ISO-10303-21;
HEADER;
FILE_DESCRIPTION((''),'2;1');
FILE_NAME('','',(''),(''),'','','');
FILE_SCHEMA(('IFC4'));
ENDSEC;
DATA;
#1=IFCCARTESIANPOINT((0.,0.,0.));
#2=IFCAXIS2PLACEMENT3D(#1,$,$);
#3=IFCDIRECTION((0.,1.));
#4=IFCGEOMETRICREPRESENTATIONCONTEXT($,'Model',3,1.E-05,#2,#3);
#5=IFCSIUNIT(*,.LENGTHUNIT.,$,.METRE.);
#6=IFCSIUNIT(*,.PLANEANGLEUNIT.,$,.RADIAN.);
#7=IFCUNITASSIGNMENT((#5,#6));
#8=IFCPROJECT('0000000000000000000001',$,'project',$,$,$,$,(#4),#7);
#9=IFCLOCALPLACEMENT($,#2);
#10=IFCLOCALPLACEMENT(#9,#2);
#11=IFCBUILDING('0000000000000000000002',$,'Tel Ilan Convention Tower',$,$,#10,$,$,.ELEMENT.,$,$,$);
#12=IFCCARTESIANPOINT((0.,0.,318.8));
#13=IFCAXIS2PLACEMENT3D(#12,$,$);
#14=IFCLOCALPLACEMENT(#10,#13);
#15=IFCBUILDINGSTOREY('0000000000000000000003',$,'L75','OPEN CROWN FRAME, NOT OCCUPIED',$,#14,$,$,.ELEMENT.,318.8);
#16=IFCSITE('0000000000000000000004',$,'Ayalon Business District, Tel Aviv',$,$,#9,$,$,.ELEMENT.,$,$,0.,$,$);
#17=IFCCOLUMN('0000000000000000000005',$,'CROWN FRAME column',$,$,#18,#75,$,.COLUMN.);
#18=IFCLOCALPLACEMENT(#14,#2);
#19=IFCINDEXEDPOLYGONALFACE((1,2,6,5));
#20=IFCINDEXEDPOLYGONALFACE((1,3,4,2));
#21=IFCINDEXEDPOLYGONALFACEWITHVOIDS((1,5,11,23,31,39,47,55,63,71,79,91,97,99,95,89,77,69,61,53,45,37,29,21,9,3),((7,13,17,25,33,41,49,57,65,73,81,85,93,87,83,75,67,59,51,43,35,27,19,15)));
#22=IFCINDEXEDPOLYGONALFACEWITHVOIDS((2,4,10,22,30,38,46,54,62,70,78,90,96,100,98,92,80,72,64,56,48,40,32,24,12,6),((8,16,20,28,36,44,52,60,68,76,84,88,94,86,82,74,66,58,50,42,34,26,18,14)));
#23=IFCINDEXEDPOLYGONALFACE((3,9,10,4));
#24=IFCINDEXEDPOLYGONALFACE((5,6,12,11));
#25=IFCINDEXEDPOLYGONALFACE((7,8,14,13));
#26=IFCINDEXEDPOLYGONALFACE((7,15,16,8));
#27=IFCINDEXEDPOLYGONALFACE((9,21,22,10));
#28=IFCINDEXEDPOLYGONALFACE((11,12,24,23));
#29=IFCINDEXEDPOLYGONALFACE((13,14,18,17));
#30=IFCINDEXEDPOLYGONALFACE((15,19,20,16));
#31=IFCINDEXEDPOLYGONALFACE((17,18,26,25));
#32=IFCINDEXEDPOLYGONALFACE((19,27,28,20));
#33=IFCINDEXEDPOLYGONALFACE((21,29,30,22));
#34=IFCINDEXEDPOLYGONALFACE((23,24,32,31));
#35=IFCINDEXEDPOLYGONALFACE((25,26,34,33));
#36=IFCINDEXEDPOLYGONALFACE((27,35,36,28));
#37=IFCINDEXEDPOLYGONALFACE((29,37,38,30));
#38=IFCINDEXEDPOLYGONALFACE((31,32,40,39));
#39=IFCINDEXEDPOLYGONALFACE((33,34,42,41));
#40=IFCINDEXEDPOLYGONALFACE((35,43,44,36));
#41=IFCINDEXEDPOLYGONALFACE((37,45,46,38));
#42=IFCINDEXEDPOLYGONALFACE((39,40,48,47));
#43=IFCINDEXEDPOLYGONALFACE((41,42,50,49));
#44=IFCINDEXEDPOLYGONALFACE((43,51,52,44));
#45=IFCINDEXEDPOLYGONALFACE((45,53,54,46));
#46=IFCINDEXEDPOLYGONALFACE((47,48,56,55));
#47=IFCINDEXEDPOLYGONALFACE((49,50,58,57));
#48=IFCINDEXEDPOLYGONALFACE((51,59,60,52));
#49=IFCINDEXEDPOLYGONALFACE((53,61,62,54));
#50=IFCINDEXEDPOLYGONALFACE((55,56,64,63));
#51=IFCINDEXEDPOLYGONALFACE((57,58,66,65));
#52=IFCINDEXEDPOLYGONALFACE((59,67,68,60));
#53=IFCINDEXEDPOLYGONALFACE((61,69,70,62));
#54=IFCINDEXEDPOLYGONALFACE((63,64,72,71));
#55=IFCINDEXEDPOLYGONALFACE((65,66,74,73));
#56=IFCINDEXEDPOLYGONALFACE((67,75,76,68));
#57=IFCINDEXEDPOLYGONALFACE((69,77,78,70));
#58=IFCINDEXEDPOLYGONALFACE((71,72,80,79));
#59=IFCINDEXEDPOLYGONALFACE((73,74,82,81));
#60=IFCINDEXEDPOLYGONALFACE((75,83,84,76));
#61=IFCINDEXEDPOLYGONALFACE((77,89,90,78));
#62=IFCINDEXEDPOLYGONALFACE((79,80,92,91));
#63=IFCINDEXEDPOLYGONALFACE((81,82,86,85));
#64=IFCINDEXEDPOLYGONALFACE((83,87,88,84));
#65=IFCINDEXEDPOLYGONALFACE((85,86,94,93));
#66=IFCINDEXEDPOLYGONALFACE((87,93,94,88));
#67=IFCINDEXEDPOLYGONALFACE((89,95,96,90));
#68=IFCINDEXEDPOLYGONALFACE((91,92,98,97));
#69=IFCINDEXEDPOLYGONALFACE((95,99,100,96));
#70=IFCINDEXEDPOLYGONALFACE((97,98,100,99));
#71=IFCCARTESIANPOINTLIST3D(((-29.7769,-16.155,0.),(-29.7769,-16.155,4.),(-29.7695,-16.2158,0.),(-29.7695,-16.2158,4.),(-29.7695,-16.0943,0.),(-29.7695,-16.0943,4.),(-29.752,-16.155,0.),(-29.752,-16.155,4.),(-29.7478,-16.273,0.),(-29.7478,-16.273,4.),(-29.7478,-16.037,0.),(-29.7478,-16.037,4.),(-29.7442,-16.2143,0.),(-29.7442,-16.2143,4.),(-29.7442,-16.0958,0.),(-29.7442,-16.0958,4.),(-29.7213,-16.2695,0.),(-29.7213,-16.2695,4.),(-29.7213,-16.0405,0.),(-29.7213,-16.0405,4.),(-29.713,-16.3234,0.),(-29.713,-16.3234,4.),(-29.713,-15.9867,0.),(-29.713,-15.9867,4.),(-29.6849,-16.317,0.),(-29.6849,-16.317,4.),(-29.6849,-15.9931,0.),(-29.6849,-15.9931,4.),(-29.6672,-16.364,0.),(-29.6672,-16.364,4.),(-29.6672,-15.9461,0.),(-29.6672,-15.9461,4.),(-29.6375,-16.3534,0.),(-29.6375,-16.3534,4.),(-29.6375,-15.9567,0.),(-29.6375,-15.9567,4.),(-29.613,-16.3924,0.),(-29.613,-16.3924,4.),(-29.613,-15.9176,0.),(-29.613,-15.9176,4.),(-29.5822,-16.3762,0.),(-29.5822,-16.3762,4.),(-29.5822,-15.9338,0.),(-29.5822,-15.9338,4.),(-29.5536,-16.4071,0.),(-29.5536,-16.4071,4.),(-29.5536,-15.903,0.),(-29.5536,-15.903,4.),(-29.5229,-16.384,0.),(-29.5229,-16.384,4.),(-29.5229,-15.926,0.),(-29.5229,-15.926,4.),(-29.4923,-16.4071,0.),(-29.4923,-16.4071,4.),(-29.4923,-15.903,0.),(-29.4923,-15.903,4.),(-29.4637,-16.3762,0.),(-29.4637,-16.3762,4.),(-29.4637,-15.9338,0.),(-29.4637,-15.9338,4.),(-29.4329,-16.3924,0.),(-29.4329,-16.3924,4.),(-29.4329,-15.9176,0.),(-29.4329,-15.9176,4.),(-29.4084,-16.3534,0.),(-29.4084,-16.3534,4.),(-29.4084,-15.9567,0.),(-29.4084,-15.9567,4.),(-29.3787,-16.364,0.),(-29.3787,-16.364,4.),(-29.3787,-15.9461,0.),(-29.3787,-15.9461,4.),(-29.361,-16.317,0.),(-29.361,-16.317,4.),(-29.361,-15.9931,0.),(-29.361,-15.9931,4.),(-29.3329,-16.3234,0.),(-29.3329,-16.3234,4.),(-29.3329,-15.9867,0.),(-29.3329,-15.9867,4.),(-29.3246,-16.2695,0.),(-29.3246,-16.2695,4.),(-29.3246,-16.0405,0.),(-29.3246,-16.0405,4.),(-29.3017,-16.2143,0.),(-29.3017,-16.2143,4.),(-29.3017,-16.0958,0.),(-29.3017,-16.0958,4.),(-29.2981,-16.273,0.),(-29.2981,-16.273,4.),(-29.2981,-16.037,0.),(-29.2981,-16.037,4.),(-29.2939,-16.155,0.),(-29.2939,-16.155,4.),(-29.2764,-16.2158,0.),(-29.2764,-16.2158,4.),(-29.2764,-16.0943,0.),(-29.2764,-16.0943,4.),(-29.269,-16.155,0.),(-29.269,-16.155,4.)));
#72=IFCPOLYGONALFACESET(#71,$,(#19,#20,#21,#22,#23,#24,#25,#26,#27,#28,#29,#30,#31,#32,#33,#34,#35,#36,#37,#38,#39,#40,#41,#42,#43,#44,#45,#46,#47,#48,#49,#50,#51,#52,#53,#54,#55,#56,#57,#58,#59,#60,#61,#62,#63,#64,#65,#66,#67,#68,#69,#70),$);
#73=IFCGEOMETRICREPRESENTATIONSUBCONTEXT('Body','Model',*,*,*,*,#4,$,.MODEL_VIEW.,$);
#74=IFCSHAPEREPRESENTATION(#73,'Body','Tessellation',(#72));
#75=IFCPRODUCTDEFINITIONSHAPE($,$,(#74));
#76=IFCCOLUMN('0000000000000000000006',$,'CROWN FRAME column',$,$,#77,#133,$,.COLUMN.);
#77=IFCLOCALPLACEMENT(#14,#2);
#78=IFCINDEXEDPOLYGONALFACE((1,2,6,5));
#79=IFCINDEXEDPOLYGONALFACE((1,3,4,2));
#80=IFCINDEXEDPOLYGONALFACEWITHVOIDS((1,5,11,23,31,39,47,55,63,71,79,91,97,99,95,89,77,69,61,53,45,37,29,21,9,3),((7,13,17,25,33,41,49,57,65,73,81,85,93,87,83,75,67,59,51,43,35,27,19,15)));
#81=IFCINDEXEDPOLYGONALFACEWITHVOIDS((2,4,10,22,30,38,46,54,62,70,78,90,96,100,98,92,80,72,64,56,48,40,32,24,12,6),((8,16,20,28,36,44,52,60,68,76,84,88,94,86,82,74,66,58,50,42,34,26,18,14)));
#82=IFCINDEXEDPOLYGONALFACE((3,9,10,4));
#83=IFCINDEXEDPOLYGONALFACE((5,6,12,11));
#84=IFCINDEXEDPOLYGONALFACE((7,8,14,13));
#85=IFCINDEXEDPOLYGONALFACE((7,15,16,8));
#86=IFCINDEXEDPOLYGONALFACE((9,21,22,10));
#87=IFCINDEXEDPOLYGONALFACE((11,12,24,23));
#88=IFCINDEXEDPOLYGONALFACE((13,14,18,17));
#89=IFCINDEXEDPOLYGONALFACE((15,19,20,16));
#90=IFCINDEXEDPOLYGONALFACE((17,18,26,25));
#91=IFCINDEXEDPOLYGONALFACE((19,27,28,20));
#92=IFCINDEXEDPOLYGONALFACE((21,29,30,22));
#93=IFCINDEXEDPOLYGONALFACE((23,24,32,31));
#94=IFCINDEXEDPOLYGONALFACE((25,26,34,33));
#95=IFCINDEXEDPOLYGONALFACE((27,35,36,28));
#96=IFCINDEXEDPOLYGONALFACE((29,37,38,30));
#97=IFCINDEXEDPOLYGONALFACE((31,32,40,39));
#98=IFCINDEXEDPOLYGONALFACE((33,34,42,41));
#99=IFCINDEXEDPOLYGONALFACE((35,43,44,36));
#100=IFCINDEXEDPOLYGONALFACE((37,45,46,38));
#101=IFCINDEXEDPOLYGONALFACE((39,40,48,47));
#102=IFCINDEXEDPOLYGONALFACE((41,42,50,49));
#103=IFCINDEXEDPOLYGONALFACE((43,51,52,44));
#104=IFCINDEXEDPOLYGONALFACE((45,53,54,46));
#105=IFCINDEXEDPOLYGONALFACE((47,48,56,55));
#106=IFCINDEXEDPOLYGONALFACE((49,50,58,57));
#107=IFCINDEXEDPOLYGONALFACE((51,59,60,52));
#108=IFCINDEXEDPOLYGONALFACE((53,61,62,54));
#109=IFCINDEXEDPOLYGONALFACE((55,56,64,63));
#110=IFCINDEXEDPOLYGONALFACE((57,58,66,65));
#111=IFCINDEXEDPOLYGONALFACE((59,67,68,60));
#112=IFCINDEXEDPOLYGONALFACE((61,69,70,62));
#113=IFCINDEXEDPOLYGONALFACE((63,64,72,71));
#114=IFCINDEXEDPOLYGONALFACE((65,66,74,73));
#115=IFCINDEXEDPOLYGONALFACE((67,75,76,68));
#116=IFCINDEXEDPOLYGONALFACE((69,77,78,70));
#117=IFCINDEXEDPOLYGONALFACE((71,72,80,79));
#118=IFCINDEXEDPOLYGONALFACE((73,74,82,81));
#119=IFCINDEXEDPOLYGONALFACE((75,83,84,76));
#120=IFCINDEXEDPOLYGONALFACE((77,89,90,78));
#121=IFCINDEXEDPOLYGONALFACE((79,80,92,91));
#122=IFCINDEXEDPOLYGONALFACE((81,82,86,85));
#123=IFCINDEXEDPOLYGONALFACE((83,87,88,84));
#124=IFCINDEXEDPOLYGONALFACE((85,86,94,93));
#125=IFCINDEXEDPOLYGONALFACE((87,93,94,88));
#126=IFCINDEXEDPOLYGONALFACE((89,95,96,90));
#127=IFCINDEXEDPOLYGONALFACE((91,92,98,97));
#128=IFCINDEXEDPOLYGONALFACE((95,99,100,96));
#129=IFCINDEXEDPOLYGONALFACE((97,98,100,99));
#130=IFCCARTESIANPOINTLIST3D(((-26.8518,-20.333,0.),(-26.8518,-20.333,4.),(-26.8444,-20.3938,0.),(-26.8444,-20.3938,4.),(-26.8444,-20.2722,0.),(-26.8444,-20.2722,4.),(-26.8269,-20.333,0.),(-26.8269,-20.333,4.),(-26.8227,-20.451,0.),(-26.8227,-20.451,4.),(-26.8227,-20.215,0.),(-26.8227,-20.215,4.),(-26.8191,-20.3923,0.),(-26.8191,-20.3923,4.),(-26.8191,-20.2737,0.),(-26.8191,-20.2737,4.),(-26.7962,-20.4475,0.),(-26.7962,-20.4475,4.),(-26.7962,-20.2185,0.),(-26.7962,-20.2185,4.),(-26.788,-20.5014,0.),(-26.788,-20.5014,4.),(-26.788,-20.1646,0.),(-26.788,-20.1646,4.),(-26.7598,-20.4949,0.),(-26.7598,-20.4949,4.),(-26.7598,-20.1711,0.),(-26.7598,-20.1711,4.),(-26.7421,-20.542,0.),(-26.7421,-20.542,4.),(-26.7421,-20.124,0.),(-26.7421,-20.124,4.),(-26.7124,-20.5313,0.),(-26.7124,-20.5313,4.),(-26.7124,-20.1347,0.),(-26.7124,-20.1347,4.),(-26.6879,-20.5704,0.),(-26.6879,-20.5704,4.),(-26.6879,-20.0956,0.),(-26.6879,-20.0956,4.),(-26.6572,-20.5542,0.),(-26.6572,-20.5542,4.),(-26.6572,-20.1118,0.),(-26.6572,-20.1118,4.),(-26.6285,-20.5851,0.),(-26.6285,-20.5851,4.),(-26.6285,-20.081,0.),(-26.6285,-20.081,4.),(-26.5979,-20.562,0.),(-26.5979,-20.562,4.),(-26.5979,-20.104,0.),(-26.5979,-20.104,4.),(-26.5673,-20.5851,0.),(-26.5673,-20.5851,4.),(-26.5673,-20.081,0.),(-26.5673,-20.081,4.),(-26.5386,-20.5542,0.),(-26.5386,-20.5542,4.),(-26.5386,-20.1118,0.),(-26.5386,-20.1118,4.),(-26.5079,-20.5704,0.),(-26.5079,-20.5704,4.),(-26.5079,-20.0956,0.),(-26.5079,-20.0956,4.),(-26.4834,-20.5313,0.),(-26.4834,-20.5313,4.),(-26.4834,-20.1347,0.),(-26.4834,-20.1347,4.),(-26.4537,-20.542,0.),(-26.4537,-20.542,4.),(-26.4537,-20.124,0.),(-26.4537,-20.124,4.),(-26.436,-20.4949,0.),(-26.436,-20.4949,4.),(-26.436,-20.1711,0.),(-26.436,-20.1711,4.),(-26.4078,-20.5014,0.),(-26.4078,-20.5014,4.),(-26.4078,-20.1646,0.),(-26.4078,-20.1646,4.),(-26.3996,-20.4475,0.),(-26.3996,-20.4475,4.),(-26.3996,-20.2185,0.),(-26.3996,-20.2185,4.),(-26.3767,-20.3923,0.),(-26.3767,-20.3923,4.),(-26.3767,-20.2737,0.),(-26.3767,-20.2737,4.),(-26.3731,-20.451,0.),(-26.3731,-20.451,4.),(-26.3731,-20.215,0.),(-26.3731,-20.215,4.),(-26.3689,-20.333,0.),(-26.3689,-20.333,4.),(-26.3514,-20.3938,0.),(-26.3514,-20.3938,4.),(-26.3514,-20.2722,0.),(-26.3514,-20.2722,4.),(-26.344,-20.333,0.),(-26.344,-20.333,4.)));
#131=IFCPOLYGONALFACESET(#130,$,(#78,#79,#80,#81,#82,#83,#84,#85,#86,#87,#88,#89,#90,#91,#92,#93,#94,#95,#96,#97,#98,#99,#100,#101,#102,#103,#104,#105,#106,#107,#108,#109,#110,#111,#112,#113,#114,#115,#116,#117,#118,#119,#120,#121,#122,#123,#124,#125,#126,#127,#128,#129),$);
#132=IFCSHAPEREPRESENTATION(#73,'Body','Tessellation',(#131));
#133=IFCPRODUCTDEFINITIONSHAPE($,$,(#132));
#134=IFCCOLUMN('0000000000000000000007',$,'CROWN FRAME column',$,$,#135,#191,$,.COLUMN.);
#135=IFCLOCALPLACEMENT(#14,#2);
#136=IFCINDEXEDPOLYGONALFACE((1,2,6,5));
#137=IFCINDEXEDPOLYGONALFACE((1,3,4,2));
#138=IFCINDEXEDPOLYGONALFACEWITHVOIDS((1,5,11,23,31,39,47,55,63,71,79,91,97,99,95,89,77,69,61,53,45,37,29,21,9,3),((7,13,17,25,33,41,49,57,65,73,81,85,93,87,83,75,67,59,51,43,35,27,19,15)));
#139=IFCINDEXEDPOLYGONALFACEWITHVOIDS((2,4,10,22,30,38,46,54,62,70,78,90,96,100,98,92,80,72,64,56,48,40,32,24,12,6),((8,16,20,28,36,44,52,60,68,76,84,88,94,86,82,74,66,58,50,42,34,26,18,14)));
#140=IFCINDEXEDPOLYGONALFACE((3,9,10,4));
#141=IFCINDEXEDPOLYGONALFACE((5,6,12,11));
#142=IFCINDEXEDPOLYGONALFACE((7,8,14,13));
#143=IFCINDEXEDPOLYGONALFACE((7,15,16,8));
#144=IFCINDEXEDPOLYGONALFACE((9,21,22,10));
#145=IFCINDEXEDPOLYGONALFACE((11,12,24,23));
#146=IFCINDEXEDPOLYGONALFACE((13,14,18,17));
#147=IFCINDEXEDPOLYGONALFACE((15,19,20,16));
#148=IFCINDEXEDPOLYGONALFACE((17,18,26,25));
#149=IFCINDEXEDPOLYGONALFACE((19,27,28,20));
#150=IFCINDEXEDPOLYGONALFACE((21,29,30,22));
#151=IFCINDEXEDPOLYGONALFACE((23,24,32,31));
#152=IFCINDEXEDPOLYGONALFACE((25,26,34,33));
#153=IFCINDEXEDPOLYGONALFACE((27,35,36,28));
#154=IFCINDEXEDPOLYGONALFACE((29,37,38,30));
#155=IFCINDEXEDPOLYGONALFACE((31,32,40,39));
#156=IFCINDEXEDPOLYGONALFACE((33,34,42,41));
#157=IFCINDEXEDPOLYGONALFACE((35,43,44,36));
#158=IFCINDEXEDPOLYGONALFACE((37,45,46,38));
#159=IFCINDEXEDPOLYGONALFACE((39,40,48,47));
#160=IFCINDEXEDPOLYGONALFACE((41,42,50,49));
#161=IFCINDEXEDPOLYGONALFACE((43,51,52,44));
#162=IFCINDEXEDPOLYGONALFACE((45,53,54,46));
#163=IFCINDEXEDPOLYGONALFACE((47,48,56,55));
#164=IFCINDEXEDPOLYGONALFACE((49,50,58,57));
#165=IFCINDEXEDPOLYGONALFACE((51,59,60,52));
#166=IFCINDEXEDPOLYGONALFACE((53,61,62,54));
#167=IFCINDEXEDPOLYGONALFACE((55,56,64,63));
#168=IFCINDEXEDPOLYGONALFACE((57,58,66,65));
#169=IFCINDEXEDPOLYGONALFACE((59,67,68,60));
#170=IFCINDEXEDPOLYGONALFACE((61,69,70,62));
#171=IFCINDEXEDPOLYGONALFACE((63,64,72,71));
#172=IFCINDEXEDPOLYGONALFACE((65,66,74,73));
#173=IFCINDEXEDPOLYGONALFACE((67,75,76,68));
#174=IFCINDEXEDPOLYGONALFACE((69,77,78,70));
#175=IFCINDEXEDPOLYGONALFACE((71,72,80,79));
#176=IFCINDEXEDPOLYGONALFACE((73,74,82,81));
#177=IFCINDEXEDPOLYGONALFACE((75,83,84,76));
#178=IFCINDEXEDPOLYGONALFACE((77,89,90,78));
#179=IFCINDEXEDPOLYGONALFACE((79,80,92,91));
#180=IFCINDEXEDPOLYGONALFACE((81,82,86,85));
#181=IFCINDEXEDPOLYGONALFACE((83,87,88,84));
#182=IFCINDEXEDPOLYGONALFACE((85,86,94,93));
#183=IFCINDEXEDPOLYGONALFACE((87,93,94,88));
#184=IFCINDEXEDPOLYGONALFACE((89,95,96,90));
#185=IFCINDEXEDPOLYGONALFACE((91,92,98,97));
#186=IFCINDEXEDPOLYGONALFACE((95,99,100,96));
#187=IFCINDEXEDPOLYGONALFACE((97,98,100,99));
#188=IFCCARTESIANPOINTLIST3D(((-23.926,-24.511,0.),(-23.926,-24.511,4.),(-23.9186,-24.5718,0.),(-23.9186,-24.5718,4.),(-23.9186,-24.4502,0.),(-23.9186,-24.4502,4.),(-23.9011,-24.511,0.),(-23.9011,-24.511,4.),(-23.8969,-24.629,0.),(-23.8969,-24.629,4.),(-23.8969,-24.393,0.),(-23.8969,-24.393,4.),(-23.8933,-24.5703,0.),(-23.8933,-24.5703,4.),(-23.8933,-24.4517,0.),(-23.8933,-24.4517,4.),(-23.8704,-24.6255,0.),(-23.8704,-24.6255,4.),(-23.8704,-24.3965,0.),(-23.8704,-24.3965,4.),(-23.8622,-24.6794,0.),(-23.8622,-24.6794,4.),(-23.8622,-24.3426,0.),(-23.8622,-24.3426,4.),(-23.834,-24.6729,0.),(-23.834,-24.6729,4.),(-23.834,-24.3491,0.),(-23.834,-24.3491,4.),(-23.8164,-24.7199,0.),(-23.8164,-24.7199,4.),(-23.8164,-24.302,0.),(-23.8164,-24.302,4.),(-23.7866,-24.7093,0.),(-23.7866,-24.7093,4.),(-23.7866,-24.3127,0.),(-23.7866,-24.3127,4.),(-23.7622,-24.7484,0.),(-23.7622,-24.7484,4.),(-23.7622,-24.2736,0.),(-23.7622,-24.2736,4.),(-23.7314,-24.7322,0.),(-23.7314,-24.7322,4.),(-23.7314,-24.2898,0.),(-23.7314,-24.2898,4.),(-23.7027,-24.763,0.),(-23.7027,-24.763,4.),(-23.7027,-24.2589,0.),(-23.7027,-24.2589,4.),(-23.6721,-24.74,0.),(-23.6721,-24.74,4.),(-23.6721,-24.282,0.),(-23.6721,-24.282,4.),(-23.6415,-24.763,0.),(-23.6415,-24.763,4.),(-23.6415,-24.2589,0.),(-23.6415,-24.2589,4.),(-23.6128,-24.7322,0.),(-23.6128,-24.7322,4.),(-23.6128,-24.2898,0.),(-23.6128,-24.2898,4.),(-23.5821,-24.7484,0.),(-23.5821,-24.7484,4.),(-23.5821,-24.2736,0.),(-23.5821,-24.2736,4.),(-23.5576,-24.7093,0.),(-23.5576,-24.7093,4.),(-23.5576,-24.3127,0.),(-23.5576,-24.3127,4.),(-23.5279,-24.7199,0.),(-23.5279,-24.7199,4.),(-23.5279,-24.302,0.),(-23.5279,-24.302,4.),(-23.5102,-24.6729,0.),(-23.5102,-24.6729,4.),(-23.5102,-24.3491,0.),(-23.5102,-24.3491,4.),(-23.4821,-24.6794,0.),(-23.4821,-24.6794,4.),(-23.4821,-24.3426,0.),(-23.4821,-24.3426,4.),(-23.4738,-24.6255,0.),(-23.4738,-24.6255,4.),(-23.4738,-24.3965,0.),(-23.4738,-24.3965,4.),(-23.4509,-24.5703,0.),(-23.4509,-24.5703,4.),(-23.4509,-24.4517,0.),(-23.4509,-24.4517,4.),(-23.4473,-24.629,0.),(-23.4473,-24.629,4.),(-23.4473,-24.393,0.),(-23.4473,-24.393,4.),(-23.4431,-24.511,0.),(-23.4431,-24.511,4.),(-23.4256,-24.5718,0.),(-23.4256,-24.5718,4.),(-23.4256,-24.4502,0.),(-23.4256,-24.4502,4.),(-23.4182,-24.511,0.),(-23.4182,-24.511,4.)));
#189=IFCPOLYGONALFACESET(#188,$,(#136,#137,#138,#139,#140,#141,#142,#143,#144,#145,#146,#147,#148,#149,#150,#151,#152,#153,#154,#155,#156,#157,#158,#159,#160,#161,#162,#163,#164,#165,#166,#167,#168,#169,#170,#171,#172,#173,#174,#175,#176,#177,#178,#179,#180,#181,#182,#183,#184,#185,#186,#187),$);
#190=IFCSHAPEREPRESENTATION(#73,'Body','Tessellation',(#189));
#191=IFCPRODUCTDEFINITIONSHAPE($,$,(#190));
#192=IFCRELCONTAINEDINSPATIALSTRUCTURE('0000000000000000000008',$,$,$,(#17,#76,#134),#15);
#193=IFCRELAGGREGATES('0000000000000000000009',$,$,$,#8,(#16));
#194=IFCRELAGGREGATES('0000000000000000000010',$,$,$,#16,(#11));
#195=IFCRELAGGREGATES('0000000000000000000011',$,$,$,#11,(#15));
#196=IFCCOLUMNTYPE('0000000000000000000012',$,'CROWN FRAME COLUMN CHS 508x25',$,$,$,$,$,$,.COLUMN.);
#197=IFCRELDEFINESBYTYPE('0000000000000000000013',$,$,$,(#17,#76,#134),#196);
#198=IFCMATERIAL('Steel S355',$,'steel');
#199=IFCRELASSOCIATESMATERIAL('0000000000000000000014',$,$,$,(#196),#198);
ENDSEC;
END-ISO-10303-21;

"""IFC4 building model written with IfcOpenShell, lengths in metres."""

from ifc_helpers import new_model, si_unit, direction, frame, origin, origin_2d, place, context, subcontext, project, spatial, hollow_circle, extrude, material, material_profile, profile_set, type_object, element, save


model = new_model("IFC4")

# Units and contexts
model_context = context("Model", 3, precision=1e-05, world=origin(), true_north=direction((0.0, 1.0)))
body_context = subcontext(model_context, "Body", "Model", "MODEL_VIEW")
ifc_project = project(units=[si_unit("LENGTHUNIT", "METRE"), si_unit("PLANEANGLEUNIT", "RADIAN")], contexts=[model_context])

# Site, building, storey
site_placement = place(None, origin())
site = spatial("IfcSite", under=ifc_project, at=site_placement, Name="Ayalon Business District, Tel Aviv", CompositionType="ELEMENT", RefElevation=0.0)
building_placement = place(site_placement, origin())
building = spatial("IfcBuilding", under=site, at=building_placement, Name="Tel Ilan Convention Tower", CompositionType="ELEMENT")
storey_placement = place(building_placement, frame((0.0, 0.0, 318.8)))
storey = spatial("IfcBuildingStorey", under=building, at=storey_placement, Name="L75", Description="OPEN CROWN FRAME, NOT OCCUPIED", CompositionType="ELEMENT", Elevation=318.8)

# Columns
ifc_material_1 = material(Name="Steel S355", Category="steel")
ifc_material_profile_1 = material_profile(ifc_material_1, hollow_circle(Radius=0.2539, WallThickness=0.0249, at=origin_2d()), Name="CHS 508x25")
ifc_profile_set_1 = profile_set([ifc_material_profile_1], Name="Steel S355")
column_type = type_object("IfcColumnType", Name="CROWN FRAME COLUMN CHS 508x25", PredefinedType="COLUMN", material=ifc_profile_set_1)
for number, where, z_axis, x_axis, name in (
    (1, (-29.5229, -16.155, 0.0), (0.0, 0.0, 1.0), (1.0, 0.0, 0.0), "CROWN FRAME column"),
    (2, (-26.5979, -20.333, 0.0), (0.0, 0.0, 1.0), (1.0, 0.0, 0.0), "CROWN FRAME column"),
    (3, (-23.6721, -24.511, 0.0), (0.0, 0.0, 1.0), (1.0, 0.0, 0.0), "CROWN FRAME column"),
):
    element("IfcColumn", number, at=place(storey_placement, frame(where, z_axis=z_axis, x_axis=x_axis)), inside=storey, type_object=column_type, Name=name, PredefinedType="COLUMN", context=body_context, shape_type="SweptSolid", body=[
        extrude(hollow_circle(Radius=0.2539, WallThickness=0.0249, at=origin_2d()), origin(), (0.0, 0.0, 1.0), 4.0),
    ])

save(model, "model.ifc")
